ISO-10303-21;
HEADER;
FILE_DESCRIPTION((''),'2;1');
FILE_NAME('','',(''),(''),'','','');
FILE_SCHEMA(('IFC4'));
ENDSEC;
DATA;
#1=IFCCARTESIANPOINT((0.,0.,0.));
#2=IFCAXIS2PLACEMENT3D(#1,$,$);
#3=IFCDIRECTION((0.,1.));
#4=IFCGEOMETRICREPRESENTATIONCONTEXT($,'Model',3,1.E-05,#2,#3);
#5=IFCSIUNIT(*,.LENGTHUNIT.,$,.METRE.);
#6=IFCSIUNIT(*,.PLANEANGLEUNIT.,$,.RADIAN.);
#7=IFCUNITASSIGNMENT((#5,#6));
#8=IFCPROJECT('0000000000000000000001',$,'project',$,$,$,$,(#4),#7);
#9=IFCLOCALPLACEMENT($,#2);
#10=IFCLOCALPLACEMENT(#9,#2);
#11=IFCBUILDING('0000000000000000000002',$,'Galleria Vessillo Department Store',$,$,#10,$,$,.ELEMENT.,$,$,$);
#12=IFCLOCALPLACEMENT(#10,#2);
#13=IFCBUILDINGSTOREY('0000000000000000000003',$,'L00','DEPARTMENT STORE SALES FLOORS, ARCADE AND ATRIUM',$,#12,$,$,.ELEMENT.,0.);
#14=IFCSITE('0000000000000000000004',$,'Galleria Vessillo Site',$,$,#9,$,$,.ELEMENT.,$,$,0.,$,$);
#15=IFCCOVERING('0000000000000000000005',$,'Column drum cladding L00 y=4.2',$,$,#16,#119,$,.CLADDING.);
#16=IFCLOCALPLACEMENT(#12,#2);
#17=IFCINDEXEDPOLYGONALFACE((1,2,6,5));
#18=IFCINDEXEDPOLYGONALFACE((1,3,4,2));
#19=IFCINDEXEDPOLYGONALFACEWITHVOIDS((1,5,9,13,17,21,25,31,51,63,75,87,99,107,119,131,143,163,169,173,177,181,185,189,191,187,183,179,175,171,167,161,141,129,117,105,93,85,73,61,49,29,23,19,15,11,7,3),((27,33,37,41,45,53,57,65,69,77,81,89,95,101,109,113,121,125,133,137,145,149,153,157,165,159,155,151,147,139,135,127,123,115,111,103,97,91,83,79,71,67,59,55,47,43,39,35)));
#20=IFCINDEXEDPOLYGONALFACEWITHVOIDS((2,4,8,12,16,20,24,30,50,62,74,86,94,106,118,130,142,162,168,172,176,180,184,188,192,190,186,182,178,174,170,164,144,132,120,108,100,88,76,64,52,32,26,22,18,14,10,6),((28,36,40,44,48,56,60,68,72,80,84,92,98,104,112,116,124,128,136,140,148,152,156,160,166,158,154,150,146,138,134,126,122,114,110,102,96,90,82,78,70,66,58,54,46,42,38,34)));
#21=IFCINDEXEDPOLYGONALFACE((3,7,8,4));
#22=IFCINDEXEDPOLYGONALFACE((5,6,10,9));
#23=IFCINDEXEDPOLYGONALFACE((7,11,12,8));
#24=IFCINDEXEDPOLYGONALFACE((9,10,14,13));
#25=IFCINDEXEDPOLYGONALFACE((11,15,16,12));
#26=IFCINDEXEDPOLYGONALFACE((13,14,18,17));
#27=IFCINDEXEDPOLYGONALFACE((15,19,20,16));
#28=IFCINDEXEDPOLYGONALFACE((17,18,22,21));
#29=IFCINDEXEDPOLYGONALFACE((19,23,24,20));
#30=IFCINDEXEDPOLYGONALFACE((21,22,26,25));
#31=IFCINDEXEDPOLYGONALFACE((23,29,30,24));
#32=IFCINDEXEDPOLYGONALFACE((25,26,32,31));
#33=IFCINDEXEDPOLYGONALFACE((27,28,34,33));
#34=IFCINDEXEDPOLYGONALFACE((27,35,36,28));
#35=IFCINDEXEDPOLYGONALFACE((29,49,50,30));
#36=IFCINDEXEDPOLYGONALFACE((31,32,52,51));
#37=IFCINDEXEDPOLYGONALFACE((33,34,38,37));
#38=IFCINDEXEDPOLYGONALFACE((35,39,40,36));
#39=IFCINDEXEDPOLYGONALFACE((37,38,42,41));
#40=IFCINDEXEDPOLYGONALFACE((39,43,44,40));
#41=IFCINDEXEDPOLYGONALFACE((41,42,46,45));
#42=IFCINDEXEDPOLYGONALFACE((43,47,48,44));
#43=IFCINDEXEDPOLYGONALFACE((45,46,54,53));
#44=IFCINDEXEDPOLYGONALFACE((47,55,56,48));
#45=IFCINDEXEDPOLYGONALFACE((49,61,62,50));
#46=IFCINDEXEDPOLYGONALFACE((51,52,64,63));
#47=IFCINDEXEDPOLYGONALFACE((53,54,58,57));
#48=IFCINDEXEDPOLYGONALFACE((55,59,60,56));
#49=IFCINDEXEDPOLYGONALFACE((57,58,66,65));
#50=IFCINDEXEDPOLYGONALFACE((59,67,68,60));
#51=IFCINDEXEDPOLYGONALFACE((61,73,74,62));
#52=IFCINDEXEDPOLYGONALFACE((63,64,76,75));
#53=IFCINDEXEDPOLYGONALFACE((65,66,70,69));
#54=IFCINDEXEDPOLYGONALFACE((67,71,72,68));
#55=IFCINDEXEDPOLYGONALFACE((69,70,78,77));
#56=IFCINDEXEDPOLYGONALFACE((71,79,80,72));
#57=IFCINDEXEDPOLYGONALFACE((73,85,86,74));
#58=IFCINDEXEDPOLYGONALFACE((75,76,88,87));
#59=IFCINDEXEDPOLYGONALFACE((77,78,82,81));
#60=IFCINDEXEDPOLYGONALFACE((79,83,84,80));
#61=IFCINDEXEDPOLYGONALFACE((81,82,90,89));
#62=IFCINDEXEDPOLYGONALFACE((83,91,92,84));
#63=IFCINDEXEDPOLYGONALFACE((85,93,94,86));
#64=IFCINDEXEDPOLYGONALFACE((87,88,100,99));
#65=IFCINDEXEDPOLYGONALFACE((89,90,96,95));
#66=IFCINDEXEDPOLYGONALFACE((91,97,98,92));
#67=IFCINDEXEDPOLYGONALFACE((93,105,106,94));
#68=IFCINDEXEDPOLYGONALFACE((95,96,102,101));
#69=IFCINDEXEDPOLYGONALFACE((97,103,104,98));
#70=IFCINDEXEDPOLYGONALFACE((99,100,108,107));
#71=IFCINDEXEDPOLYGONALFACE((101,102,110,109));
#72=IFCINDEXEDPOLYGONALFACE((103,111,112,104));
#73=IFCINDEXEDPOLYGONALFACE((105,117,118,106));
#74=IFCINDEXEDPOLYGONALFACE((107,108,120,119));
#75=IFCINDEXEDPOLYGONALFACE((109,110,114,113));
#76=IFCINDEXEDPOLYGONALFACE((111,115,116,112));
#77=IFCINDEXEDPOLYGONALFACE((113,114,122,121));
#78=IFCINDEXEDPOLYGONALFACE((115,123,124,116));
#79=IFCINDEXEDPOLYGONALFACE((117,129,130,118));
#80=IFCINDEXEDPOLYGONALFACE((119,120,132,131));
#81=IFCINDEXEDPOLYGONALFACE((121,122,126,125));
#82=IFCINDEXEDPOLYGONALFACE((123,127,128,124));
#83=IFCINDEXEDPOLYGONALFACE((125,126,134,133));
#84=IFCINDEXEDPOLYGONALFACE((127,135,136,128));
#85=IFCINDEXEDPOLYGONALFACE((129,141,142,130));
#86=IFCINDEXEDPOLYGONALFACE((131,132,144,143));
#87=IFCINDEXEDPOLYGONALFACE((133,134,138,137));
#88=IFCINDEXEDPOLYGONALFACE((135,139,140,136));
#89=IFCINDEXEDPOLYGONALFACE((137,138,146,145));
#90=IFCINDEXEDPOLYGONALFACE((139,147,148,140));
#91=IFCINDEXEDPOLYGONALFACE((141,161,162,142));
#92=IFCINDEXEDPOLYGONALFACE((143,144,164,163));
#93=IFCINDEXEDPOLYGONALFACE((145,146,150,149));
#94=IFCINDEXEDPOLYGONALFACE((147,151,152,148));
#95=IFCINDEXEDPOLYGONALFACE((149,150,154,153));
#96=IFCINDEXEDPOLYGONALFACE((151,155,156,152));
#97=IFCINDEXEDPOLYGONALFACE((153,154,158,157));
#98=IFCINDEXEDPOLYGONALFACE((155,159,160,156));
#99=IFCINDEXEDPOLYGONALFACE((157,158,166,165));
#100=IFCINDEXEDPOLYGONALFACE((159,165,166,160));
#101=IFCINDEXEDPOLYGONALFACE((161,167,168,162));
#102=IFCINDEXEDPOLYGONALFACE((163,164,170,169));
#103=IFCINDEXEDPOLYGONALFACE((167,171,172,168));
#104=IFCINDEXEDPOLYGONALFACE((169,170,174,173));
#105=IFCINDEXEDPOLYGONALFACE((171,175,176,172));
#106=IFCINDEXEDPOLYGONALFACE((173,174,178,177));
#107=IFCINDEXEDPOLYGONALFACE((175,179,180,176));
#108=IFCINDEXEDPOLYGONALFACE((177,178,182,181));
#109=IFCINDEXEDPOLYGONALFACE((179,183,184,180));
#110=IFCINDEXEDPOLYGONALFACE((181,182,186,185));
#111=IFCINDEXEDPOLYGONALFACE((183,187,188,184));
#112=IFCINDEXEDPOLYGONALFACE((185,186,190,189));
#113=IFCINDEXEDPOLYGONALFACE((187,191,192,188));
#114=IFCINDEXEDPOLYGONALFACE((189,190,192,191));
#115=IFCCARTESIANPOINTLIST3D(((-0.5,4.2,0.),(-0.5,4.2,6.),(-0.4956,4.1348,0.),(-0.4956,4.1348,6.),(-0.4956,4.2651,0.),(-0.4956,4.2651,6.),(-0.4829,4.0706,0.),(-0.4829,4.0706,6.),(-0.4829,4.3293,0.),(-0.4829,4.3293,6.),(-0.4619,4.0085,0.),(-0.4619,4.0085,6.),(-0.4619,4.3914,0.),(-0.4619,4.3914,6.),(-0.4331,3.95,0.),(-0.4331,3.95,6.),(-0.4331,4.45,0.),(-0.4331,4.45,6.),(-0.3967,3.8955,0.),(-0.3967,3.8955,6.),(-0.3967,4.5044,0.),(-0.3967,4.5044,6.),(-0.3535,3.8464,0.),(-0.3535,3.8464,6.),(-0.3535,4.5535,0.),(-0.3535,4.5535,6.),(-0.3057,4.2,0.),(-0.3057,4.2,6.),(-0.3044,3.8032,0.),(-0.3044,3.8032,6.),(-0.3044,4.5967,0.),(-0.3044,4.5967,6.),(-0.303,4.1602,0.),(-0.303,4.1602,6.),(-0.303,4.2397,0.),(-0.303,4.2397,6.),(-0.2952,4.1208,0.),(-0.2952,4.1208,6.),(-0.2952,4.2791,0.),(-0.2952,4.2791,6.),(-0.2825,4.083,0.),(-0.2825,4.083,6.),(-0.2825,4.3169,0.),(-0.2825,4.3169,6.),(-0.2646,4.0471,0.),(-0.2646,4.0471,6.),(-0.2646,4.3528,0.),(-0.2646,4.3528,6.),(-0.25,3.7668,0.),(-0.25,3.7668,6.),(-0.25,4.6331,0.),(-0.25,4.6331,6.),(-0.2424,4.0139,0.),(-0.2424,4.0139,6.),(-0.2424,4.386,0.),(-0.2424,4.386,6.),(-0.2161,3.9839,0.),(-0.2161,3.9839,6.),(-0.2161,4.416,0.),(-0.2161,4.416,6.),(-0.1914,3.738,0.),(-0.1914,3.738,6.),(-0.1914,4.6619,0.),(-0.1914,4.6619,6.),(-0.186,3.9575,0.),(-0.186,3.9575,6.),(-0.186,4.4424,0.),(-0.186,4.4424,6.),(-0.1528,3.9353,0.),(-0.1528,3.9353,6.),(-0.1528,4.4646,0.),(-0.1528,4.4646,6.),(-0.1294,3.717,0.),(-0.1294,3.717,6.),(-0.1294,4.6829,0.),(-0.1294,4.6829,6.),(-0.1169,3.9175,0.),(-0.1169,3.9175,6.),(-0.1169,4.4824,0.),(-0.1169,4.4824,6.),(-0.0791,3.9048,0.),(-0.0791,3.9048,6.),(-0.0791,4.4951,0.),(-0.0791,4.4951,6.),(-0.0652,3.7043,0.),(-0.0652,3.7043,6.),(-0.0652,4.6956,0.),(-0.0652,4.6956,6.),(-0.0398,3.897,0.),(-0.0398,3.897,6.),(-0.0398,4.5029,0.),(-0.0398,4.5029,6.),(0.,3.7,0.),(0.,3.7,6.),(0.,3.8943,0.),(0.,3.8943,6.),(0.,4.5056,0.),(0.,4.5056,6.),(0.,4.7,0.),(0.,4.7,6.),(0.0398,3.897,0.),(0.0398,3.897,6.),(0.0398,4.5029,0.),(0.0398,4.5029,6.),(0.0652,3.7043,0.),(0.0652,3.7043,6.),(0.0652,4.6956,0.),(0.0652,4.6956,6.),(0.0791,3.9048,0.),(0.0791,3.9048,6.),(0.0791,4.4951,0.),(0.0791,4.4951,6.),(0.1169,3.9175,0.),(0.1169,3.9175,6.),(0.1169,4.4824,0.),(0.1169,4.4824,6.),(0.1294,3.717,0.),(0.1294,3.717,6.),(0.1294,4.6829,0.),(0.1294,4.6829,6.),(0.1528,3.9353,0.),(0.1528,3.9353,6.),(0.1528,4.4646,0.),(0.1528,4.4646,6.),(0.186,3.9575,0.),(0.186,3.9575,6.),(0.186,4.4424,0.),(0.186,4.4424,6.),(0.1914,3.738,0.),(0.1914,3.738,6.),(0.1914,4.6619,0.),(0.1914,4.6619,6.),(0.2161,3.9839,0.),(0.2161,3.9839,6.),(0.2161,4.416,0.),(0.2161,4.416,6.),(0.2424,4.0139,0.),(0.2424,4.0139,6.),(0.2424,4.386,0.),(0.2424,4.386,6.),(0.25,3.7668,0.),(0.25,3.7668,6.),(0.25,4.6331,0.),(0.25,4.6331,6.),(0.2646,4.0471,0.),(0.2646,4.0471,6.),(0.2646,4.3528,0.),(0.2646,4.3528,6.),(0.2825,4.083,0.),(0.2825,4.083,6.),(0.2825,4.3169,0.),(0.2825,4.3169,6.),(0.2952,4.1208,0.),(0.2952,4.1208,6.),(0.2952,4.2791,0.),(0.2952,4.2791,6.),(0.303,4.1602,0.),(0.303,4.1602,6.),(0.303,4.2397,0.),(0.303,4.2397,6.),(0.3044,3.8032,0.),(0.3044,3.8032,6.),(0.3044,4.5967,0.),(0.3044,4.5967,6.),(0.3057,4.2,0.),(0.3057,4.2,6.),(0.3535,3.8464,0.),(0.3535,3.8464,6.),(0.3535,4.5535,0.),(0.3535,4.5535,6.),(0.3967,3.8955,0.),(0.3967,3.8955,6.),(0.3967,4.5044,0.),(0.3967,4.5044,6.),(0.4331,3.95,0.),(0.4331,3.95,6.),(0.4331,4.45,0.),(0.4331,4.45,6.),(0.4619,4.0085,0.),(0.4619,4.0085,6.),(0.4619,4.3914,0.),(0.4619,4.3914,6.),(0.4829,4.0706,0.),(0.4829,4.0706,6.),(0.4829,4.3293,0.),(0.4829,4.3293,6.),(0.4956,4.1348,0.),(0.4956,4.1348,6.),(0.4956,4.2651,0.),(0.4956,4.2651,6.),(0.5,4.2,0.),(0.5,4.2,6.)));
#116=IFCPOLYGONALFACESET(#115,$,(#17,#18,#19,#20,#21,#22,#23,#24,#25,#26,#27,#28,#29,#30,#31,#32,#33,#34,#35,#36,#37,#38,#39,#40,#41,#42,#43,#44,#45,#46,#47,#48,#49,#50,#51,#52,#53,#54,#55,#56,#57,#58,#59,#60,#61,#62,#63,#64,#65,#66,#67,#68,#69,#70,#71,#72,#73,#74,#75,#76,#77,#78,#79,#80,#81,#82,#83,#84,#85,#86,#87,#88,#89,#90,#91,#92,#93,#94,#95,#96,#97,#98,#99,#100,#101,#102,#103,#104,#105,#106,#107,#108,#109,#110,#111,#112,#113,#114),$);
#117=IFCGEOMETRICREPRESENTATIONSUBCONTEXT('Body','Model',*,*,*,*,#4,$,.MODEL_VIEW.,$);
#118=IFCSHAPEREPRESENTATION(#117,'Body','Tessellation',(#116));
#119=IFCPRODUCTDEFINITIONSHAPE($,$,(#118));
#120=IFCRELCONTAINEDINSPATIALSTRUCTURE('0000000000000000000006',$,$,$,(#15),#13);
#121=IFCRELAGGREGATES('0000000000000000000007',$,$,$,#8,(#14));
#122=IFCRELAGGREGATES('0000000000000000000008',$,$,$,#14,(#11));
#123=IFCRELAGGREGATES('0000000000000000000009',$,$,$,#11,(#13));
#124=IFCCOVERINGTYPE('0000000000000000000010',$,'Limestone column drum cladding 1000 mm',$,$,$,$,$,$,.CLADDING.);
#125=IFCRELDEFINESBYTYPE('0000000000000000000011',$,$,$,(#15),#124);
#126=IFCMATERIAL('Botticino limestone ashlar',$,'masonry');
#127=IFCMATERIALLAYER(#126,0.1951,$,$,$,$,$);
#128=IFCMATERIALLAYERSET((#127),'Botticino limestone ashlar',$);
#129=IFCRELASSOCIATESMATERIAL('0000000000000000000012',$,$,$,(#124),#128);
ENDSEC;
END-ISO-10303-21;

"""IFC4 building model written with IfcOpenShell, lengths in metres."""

from ifc_helpers import new_model, si_unit, direction, origin, place, context, subcontext, project, spatial, polyline, outline, extrude, material, layer, layer_set, type_object, element, save


model = new_model("IFC4")

# Units and contexts
model_context = context("Model", 3, precision=1e-05, world=origin(), true_north=direction((0.0, 1.0)))
body_context = subcontext(model_context, "Body", "Model", "MODEL_VIEW")
ifc_project = project(units=[si_unit("LENGTHUNIT", "METRE"), si_unit("PLANEANGLEUNIT", "RADIAN")], contexts=[model_context])

# Site, building, storey
site_placement = place(None, origin())
site = spatial("IfcSite", under=ifc_project, at=site_placement, Name="Galleria Vessillo Site", CompositionType="ELEMENT", RefElevation=0.0)
building_placement = place(site_placement, origin())
building = spatial("IfcBuilding", under=site, at=building_placement, Name="Galleria Vessillo Department Store", CompositionType="ELEMENT")
storey_placement = place(building_placement, origin())
storey = spatial("IfcBuildingStorey", under=building, at=storey_placement, Name="L00", Description="DEPARTMENT STORE SALES FLOORS, ARCADE AND ATRIUM", CompositionType="ELEMENT", Elevation=0.0)

# Covering
ifc_material_1 = material(Name="Botticino limestone ashlar", Category="masonry")
ifc_layer_1 = layer(ifc_material_1, 0.1951)
ifc_layer_set_1 = layer_set([ifc_layer_1], Name="Botticino limestone ashlar")
covering_type = type_object("IfcCoveringType", Name="Limestone column drum cladding 1000 mm", PredefinedType="CLADDING", material=ifc_layer_set_1)
covering_1_placement = place(storey_placement, origin())
element("IfcCovering", 1, at=covering_1_placement, inside=storey, type_object=covering_type, Name="Column drum cladding L00 y=4.2", PredefinedType="CLADDING", context=body_context, shape_type="SweptSolid", body=[
    extrude(outline(polyline([(0.5, 4.2), (0.4956, 4.2651), (0.4829, 4.3293), (0.4619, 4.3914), (0.4331, 4.45), (0.3967, 4.5044), (0.3535, 4.5535), (0.3044, 4.5967), (0.25, 4.6331), (0.1914, 4.6619), (0.1294, 4.6829), (0.0652, 4.6956), (0.0, 4.7), (-0.0652, 4.6956), (-0.1294, 4.6829), (-0.1914, 4.6619), (-0.25, 4.6331), (-0.3044, 4.5967), (-0.3535, 4.5535), (-0.3967, 4.5044), (-0.4331, 4.45), (-0.4619, 4.3914), (-0.4829, 4.3293), (-0.4956, 4.2651), (-0.5, 4.2), (-0.4956, 4.1348), (-0.4829, 4.0706), (-0.4619, 4.0085), (-0.4331, 3.95), (-0.3967, 3.8955), (-0.3535, 3.8464), (-0.3044, 3.8032), (-0.25, 3.7668), (-0.1914, 3.738), (-0.1294, 3.717), (-0.0652, 3.7043), (0.0, 3.7), (0.0652, 3.7043), (0.1294, 3.717), (0.1914, 3.738), (0.25, 3.7668), (0.3044, 3.8032), (0.3535, 3.8464), (0.3967, 3.8955), (0.4331, 3.95), (0.4619, 4.0085), (0.4829, 4.0706), (0.4956, 4.1348), (0.5, 4.2)]), holes=[polyline([(0.3057, 4.2), (0.303, 4.2397), (0.2952, 4.2791), (0.2825, 4.3169), (0.2646, 4.3528), (0.2424, 4.386), (0.2161, 4.416), (0.186, 4.4424), (0.1528, 4.4646), (0.1169, 4.4824), (0.0791, 4.4951), (0.0398, 4.5029), (0.0, 4.5056), (-0.0398, 4.5029), (-0.0791, 4.4951), (-0.1169, 4.4824), (-0.1528, 4.4646), (-0.186, 4.4424), (-0.2161, 4.416), (-0.2424, 4.386), (-0.2646, 4.3528), (-0.2825, 4.3169), (-0.2952, 4.2791), (-0.303, 4.2397), (-0.3057, 4.2), (-0.303, 4.1602), (-0.2952, 4.1208), (-0.2825, 4.083), (-0.2646, 4.0471), (-0.2424, 4.0139), (-0.2161, 3.9839), (-0.186, 3.9575), (-0.1528, 3.9353), (-0.1169, 3.9175), (-0.0791, 3.9048), (-0.0398, 3.897), (0.0, 3.8943), (0.0398, 3.897), (0.0791, 3.9048), (0.1169, 3.9175), (0.1528, 3.9353), (0.186, 3.9575), (0.2161, 3.9839), (0.2424, 4.0139), (0.2646, 4.0471), (0.2825, 4.083), (0.2952, 4.1208), (0.303, 4.1602), (0.3057, 4.2)])]), origin(), (0.0, 0.0, 1.0), 6.0),
])

save(model, "model.ifc")
